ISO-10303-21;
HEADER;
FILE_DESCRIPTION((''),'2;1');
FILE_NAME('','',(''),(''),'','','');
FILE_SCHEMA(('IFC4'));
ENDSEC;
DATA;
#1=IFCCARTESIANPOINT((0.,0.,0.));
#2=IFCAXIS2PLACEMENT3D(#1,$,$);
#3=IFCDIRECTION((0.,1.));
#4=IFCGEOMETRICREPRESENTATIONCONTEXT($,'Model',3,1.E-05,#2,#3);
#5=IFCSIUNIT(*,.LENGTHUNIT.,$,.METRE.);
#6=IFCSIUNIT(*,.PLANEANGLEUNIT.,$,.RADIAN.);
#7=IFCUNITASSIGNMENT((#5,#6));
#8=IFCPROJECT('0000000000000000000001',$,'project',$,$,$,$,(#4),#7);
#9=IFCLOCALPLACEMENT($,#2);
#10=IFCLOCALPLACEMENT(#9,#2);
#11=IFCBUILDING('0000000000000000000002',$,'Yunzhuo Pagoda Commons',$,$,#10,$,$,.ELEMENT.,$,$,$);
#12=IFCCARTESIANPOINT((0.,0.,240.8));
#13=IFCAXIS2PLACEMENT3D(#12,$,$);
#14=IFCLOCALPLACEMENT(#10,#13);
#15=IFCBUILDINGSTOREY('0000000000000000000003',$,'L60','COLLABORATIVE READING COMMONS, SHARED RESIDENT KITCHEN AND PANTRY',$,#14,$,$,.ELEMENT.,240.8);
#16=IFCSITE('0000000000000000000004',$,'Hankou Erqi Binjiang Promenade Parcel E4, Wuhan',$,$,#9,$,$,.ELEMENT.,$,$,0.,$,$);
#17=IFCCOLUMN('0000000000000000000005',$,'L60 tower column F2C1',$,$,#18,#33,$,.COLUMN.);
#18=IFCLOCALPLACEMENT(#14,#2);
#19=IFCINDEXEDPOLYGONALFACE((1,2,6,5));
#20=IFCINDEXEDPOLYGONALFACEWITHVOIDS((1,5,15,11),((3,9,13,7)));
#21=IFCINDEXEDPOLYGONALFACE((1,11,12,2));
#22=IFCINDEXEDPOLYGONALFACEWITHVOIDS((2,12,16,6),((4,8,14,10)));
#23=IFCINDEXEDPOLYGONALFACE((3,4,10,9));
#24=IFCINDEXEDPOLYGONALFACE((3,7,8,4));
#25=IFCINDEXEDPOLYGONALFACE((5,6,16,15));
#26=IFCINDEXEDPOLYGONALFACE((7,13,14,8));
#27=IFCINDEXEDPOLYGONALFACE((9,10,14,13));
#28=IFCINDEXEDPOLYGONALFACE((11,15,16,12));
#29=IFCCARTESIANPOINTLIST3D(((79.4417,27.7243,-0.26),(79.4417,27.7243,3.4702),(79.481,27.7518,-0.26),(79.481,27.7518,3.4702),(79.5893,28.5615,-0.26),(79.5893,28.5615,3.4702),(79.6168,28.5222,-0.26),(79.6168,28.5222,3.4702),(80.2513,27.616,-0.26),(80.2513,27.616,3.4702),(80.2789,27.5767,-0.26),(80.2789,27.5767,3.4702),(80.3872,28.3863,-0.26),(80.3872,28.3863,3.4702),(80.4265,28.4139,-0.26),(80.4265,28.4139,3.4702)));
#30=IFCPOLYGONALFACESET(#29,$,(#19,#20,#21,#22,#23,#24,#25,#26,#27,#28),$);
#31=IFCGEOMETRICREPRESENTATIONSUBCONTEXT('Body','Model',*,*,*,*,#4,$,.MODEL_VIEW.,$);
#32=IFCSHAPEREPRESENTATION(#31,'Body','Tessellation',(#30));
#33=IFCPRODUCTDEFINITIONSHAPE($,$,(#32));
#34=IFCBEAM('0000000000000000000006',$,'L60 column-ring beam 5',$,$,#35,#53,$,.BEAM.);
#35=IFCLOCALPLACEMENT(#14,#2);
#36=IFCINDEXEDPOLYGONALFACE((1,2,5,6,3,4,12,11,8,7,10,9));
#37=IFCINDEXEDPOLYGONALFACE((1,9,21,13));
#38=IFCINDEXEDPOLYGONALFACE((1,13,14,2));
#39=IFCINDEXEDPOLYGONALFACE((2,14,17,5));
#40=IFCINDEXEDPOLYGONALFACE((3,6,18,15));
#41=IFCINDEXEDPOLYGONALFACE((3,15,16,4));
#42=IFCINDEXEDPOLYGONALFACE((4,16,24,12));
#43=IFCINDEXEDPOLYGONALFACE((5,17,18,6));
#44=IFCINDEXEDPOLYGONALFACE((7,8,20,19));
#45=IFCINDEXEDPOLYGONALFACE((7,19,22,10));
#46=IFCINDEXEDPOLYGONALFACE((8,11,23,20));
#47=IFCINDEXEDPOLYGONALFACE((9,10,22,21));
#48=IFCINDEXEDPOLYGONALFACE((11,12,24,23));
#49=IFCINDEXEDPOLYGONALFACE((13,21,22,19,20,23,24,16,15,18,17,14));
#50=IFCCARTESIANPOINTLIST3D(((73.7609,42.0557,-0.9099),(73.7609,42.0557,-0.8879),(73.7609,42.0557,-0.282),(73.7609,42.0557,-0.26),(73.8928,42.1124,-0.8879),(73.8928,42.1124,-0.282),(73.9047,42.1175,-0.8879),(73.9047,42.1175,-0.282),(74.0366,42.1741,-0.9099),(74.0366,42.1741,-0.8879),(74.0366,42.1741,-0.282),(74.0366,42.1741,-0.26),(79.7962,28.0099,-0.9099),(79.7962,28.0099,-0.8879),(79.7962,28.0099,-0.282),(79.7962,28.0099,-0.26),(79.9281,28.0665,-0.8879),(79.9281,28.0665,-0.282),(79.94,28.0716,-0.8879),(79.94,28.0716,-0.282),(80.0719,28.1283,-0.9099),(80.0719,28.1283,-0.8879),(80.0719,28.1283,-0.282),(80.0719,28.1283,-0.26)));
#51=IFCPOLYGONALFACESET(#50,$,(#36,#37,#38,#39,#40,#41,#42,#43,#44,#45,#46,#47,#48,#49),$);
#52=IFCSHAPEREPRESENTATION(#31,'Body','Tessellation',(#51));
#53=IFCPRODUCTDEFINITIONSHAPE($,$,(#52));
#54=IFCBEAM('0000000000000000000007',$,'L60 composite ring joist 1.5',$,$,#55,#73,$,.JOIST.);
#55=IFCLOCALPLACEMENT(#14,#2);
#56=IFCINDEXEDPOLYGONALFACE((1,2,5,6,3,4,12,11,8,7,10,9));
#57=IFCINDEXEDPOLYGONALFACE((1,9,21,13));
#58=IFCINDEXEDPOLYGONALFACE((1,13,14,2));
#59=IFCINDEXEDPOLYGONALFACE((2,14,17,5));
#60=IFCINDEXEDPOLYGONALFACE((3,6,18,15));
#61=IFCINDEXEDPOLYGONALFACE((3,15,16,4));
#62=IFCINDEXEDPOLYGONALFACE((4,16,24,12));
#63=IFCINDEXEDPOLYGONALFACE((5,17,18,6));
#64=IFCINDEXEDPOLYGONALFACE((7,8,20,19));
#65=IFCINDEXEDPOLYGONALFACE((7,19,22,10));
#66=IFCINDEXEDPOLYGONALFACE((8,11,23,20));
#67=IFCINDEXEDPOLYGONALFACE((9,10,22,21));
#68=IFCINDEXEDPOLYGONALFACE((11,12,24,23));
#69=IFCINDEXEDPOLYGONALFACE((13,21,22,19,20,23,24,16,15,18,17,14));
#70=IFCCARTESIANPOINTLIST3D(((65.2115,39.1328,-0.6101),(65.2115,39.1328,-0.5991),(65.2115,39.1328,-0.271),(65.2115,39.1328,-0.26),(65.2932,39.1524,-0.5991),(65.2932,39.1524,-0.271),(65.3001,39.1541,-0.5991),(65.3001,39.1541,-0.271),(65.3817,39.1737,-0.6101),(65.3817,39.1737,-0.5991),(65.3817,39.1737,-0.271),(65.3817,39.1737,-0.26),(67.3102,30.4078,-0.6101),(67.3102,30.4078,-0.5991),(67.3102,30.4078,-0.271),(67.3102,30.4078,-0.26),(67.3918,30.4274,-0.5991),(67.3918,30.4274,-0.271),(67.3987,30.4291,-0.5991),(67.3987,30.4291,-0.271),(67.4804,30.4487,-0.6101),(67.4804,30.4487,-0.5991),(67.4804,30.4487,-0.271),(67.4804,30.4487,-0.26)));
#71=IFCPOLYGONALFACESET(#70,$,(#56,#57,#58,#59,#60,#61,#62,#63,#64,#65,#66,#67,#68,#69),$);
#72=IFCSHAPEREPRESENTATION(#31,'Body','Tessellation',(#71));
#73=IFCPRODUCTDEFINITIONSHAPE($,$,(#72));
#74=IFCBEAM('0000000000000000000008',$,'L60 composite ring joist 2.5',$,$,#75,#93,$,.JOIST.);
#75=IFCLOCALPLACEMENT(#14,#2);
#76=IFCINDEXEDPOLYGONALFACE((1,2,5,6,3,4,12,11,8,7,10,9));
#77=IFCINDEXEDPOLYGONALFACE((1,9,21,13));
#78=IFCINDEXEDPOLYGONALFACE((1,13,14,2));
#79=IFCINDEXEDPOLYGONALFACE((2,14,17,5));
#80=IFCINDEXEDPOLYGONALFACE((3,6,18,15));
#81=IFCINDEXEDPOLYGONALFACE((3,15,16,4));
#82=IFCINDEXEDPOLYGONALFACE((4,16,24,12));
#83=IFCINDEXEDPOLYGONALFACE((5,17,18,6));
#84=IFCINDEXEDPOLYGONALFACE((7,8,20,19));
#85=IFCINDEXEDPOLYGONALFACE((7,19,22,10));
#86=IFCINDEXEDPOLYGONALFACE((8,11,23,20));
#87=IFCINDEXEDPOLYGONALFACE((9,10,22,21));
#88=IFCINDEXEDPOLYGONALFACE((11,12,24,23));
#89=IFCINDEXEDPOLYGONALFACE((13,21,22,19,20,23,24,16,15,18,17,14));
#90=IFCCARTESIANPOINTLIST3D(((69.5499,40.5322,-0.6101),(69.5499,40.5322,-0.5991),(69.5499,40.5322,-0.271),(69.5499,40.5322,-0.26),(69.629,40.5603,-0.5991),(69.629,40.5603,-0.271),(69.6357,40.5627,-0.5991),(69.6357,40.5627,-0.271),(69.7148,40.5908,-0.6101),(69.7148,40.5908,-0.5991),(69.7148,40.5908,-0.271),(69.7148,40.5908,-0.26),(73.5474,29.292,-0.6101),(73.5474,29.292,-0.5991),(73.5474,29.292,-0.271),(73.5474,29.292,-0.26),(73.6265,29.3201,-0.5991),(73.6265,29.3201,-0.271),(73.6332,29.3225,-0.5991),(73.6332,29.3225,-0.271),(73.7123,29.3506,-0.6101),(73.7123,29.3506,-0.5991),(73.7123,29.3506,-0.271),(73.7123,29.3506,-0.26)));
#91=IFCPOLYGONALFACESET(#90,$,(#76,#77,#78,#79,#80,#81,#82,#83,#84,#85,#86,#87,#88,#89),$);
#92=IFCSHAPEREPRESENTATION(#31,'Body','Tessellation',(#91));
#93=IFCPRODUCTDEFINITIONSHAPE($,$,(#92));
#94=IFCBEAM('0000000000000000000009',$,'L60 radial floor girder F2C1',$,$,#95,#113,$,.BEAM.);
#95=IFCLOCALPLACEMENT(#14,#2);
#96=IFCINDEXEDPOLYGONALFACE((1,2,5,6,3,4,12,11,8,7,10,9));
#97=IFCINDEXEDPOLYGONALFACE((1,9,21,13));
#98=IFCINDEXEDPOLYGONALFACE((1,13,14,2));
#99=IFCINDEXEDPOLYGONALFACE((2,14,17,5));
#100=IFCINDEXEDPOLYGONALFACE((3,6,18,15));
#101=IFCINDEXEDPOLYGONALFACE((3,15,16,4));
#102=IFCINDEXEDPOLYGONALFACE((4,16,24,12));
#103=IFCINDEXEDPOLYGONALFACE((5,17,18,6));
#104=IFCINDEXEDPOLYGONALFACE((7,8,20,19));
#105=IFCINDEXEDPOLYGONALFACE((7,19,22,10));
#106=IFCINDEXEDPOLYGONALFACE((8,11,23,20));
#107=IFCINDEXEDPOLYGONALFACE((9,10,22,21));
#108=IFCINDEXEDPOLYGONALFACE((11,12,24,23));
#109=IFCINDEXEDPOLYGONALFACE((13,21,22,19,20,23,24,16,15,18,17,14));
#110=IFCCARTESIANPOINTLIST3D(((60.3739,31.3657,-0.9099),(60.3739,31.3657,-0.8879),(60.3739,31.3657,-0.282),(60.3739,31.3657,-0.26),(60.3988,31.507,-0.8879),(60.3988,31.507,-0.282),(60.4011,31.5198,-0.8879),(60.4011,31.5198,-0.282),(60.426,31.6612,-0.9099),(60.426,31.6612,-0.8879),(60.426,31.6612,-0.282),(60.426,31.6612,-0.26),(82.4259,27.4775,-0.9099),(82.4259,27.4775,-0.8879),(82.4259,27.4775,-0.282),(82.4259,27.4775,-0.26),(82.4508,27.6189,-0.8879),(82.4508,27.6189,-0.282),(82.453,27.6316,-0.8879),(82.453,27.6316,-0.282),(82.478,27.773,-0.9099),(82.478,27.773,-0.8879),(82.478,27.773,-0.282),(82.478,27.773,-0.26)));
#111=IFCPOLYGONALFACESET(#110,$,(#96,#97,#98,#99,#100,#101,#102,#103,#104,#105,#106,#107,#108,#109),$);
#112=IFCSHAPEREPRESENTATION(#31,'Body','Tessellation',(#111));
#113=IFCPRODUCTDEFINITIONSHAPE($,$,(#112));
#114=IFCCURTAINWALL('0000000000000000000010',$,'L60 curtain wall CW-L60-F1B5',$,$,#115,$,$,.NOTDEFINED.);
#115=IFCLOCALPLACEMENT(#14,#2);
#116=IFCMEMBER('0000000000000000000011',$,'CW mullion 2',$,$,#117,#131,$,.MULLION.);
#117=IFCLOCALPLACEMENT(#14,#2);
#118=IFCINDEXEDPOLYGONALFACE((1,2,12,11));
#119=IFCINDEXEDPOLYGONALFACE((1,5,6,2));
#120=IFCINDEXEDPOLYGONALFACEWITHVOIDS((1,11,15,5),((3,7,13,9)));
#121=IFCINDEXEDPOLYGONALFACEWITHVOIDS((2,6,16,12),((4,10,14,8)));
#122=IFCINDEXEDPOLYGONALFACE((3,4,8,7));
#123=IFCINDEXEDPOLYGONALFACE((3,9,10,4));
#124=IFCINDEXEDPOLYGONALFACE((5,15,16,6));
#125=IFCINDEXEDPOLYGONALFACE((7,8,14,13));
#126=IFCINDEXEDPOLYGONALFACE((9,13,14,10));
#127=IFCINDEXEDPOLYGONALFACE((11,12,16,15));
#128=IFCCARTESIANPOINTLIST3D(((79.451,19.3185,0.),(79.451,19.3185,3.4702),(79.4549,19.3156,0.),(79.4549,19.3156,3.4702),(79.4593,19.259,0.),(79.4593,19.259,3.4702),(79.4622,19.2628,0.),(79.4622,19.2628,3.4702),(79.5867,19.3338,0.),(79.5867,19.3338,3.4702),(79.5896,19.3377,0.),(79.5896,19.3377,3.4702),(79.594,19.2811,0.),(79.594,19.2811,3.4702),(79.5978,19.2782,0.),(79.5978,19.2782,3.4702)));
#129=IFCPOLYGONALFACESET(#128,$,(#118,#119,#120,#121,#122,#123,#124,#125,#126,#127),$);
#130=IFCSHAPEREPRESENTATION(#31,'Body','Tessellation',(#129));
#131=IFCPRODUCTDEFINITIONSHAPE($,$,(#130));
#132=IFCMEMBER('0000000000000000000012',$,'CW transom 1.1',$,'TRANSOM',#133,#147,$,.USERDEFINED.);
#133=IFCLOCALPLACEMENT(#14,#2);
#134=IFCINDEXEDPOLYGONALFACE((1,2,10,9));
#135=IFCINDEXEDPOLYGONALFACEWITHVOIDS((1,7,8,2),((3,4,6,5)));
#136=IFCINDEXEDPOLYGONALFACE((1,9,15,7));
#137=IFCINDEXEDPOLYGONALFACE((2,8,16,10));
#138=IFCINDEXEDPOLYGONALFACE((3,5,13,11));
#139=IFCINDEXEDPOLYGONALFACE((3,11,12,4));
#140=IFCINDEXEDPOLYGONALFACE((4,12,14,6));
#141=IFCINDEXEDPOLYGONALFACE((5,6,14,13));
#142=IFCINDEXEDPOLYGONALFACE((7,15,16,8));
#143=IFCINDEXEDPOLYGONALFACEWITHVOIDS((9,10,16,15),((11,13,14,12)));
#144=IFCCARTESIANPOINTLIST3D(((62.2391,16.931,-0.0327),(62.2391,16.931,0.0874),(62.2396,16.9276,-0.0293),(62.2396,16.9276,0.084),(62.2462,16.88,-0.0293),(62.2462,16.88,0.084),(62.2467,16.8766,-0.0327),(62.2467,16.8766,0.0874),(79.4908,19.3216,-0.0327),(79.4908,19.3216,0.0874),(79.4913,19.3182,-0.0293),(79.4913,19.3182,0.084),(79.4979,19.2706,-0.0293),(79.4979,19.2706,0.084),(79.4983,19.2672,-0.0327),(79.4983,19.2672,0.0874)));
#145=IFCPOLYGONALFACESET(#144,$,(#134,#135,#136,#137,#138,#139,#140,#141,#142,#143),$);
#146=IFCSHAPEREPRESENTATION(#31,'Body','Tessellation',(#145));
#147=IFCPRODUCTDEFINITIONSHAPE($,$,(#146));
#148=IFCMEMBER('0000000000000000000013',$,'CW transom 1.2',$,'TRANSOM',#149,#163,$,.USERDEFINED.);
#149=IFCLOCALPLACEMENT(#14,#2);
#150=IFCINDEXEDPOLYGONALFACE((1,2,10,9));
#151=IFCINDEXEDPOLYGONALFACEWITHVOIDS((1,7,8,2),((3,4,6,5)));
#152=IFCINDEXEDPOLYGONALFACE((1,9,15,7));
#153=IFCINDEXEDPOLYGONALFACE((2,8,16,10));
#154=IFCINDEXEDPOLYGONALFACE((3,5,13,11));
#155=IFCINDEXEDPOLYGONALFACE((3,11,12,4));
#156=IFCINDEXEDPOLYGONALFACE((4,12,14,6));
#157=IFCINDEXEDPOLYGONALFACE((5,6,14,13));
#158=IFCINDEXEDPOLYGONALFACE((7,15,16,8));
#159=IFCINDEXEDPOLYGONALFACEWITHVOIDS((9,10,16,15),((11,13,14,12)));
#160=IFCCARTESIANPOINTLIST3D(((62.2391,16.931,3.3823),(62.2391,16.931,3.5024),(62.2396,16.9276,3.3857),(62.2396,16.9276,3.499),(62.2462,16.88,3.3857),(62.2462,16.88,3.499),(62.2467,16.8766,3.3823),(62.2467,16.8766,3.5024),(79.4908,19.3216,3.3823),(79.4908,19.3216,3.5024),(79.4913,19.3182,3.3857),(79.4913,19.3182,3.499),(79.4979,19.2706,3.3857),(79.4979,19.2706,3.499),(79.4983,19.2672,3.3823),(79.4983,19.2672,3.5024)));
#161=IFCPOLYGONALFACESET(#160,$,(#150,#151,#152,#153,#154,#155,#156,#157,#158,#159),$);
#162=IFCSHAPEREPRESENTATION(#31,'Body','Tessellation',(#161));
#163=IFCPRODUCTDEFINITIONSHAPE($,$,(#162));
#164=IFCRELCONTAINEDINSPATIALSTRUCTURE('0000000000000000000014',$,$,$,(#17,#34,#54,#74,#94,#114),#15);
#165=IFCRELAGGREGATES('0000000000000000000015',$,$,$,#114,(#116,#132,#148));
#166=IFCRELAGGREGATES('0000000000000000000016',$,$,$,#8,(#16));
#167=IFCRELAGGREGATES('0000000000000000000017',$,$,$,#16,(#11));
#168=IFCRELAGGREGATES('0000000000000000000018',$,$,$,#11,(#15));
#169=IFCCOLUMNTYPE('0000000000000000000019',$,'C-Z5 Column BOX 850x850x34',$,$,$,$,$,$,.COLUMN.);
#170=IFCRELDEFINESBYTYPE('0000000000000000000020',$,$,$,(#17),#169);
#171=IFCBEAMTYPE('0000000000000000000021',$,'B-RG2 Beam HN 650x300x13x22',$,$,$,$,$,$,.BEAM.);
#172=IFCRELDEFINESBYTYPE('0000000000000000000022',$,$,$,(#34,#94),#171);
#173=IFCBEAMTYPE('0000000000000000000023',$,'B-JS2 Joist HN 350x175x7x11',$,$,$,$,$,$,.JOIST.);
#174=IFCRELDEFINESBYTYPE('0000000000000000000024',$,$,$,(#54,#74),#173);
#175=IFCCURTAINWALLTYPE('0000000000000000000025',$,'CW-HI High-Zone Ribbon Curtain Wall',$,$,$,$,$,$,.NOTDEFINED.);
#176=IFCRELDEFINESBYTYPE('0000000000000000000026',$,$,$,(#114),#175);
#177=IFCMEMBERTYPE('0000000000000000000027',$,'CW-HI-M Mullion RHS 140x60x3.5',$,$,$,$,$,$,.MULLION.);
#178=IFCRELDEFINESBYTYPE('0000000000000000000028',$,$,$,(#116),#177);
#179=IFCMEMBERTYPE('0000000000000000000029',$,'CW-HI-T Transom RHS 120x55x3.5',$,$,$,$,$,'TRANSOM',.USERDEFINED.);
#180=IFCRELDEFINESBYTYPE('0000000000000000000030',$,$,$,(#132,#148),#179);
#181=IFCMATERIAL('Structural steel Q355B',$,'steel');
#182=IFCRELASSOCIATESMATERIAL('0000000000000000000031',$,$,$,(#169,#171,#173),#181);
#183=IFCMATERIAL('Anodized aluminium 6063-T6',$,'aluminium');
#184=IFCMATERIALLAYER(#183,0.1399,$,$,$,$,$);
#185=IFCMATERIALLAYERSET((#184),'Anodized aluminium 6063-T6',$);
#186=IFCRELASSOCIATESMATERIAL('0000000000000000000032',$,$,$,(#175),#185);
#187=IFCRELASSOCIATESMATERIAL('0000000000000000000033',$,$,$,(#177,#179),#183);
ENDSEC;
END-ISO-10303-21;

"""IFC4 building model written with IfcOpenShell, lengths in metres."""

from ifc_helpers import new_model, si_unit, direction, frame, origin, origin_2d, place, context, subcontext, project, spatial, hollow_rectangle, i_section, extrude, source, transform, mapped, material, layer, layer_set, material_profile, profile_set, type_object, element, aggregate, save


model = new_model("IFC4")

# Units and contexts
model_context = context("Model", 3, precision=1e-05, world=origin(), true_north=direction((0.0, 1.0)))
body_context = subcontext(model_context, "Body", "Model", "MODEL_VIEW")
ifc_project = project(units=[si_unit("LENGTHUNIT", "METRE"), si_unit("PLANEANGLEUNIT", "RADIAN")], contexts=[model_context])

# Site, building, storey
site_placement = place(None, origin())
site = spatial("IfcSite", under=ifc_project, at=site_placement, Name="Hankou Erqi Binjiang Promenade Parcel E4, Wuhan", CompositionType="ELEMENT", RefElevation=0.0)
building_placement = place(site_placement, origin())
building = spatial("IfcBuilding", under=site, at=building_placement, Name="Yunzhuo Pagoda Commons", CompositionType="ELEMENT")
storey_placement = place(building_placement, frame((0.0, 0.0, 240.8)))
storey = spatial("IfcBuildingStorey", under=building, at=storey_placement, Name="L60", Description="COLLABORATIVE READING COMMONS, SHARED RESIDENT KITCHEN AND PANTRY", CompositionType="ELEMENT", Elevation=240.8)

# Column
ifc_material_1 = material(Name="Structural steel Q355B", Category="steel")
ifc_material_profile_1 = material_profile(ifc_material_1, hollow_rectangle(XDim=0.8501, YDim=0.8501, WallThickness=0.0339, at=origin_2d()), Name="Structural steel Q355B")
ifc_profile_set_1 = profile_set([ifc_material_profile_1], Name="Structural steel Q355B")
column_type = type_object("IfcColumnType", Name="C-Z5 Column BOX 850x850x34", PredefinedType="COLUMN", material=ifc_profile_set_1)
shared_shape_1 = source(origin(), body_context, "Body", "SweptSolid", [
    extrude(hollow_rectangle(XDim=0.8501, YDim=0.8501, WallThickness=0.0339, at=origin_2d()), origin(), (0.0, 0.0, 1.0), 3.7302),
])
column_placement = place(storey_placement, frame((79.9341, 28.0691, -0.26), z_axis=(0.0, 0.0, 1.0), x_axis=(0.173648, 0.984808, 0.0)))
element("IfcColumn", 1, at=column_placement, inside=storey, type_object=column_type, Name="L60 tower column F2C1", PredefinedType="COLUMN", context=body_context, shape_type="MappedRepresentation", body=[
    mapped(shared_shape_1, transform((0.0, 0.0, 0.0), scale=1.0)),
])

# Beams
ifc_material_profile_2 = material_profile(ifc_material_1, i_section(OverallWidth=0.3, OverallDepth=0.6499, WebThickness=0.0129, FlangeThickness=0.022, at=origin_2d()), Name="Structural steel Q355B")
ifc_profile_set_2 = profile_set([ifc_material_profile_2], Name="Structural steel Q355B")
beam_type_1 = type_object("IfcBeamType", Name="B-RG2 Beam HN 650x300x13x22", PredefinedType="BEAM", material=ifc_profile_set_2)
shared_shape_2 = source(origin(), body_context, "Body", "SweptSolid", [
    extrude(i_section(OverallWidth=0.3, OverallDepth=0.6499, WebThickness=0.0129, FlangeThickness=0.022, at=origin_2d()), origin(), (0.0, 0.0, 1.0), 15.2876),
])
beam_1_placement = place(storey_placement, frame((79.9341, 28.0691, -0.585), z_axis=(-0.394788, 0.918772, 0.0), x_axis=(-0.918772, -0.394788, 0.0)))
element("IfcBeam", 2, at=beam_1_placement, inside=storey, type_object=beam_type_1, Name="L60 column-ring beam 5", PredefinedType="BEAM", context=body_context, shape_type="MappedRepresentation", body=[
    mapped(shared_shape_2, transform((0.0, 0.0, 0.0), scale=1.0)),
])
ifc_material_profile_3 = material_profile(ifc_material_1, i_section(OverallWidth=0.175, OverallDepth=0.3501, WebThickness=0.0071, FlangeThickness=0.011, at=origin_2d()), Name="Structural steel Q355B")
ifc_profile_set_3 = profile_set([ifc_material_profile_3], Name="Structural steel Q355B")
beam_type_2 = type_object("IfcBeamType", Name="B-JS2 Joist HN 350x175x7x11", PredefinedType="JOIST", material=ifc_profile_set_3)
shared_shape_3 = source(origin(), body_context, "Body", "SweptSolid", [
    extrude(i_section(OverallWidth=0.175, OverallDepth=0.3501, WebThickness=0.0071, FlangeThickness=0.011, at=origin_2d()), origin(), (0.0, 0.0, 1.0), 8.9739),
])
beam_2_placement = place(storey_placement, frame((67.3953, 30.4282, -0.4351), z_axis=(-0.233859, 0.972271, 0.0), x_axis=(-0.972271, -0.233859, 0.0)))
element("IfcBeam", 3, at=beam_2_placement, inside=storey, type_object=beam_type_2, Name="L60 composite ring joist 1.5", PredefinedType="JOIST", context=body_context, shape_type="MappedRepresentation", body=[
    mapped(shared_shape_3, transform((0.0, 0.0, 0.0), scale=1.0)),
])
shared_shape_4 = source(origin(), body_context, "Body", "SweptSolid", [
    extrude(i_section(OverallWidth=0.175, OverallDepth=0.3501, WebThickness=0.0071, FlangeThickness=0.011, at=origin_2d()), origin(), (0.0, 0.0, 1.0), 11.9299),
])
beam_3_placement = place(storey_placement, frame((73.6299, 29.3213, -0.4351), z_axis=(-0.335086, 0.942187, 0.0), x_axis=(-0.942187, -0.335086, 0.0)))
element("IfcBeam", 4, at=beam_3_placement, inside=storey, type_object=beam_type_2, Name="L60 composite ring joist 2.5", PredefinedType="JOIST", context=body_context, shape_type="MappedRepresentation", body=[
    mapped(shared_shape_4, transform((0.0, 0.0, 0.0), scale=1.0)),
])
shared_shape_5 = source(origin(), body_context, "Body", "SweptSolid", [
    extrude(i_section(OverallWidth=0.3, OverallDepth=0.6499, WebThickness=0.0129, FlangeThickness=0.022, at=origin_2d()), origin(), (0.0, 0.0, 1.0), 22.3921),
])
beam_4_placement = place(storey_placement, frame((82.4519, 27.6252, -0.585), z_axis=(-0.984809, 0.17364, 0.0), x_axis=(-0.17364, -0.984809, 0.0)))
element("IfcBeam", 5, at=beam_4_placement, inside=storey, type_object=beam_type_1, Name="L60 radial floor girder F2C1", PredefinedType="BEAM", context=body_context, shape_type="MappedRepresentation", body=[
    mapped(shared_shape_5, transform((0.0, 0.0, 0.0), scale=1.0)),
])

# Curtain wall, members
ifc_material_2 = material(Name="Anodized aluminium 6063-T6", Category="aluminium")
ifc_layer_1 = layer(ifc_material_2, 0.1399)
ifc_layer_set_1 = layer_set([ifc_layer_1], Name="Anodized aluminium 6063-T6")
curtain_wall_type_1 = type_object("IfcCurtainWallType", Name="CW-HI High-Zone Ribbon Curtain Wall", PredefinedType="NOTDEFINED", material=ifc_layer_set_1)
curtain_wall_1_placement = place(storey_placement, origin())
curtain_wall_1 = element("IfcCurtainWall", 6, at=curtain_wall_1_placement, inside=storey, type_object=curtain_wall_type_1, Name="L60 curtain wall CW-L60-F1B5", PredefinedType="NOTDEFINED")
ifc_material_profile_4 = material_profile(ifc_material_2, hollow_rectangle(XDim=0.0601, YDim=0.1399, WallThickness=0.0034, at=origin_2d()), Name="Anodized aluminium 6063-T6")
ifc_profile_set_4 = profile_set([ifc_material_profile_4], Name="Anodized aluminium 6063-T6")
member_type_1 = type_object("IfcMemberType", Name="CW-HI-M Mullion RHS 140x60x3.5", PredefinedType="MULLION", material=ifc_profile_set_4)
shared_shape_6 = source(origin(), body_context, "Body", "SweptSolid", [
    extrude(hollow_rectangle(XDim=0.0601, YDim=0.1399, WallThickness=0.0034, at=origin_2d()), origin(), (0.0, 0.0, 1.0), 3.4702),
])
member_1_placement = place(storey_placement, frame((79.5244, 19.2983, 0.0), z_axis=(0.0, 0.0, 1.0), x_axis=(-0.13725, 0.990536, 0.0)))
member_1 = element("IfcMember", 7, at=member_1_placement, type_object=member_type_1, Name="CW mullion 2", PredefinedType="MULLION", context=body_context, shape_type="MappedRepresentation", body=[
    mapped(shared_shape_6, transform((0.0, 0.0, 0.0), scale=1.0)),
])
ifc_material_profile_5 = material_profile(ifc_material_2, hollow_rectangle(XDim=0.0549, YDim=0.1201, WallThickness=0.0034, at=origin_2d()), Name="Anodized aluminium 6063-T6")
ifc_profile_set_5 = profile_set([ifc_material_profile_5], Name="Anodized aluminium 6063-T6")
member_type_2 = type_object("IfcMemberType", Name="CW-HI-T Transom RHS 120x55x3.5", ElementType="TRANSOM", PredefinedType="USERDEFINED", material=ifc_profile_set_5)
shared_shape_7 = source(origin(), body_context, "Body", "SweptSolid", [
    extrude(hollow_rectangle(XDim=0.0549, YDim=0.1201, WallThickness=0.0034, at=origin_2d()), origin(), (0.0, 0.0, 1.0), 17.4165),
])
member_2_placement = place(storey_placement, frame((62.2429, 16.9038, 0.0273), z_axis=(0.990535, 0.137262, 0.0), x_axis=(-0.137262, 0.990535, 0.0)))
member_2 = element("IfcMember", 8, at=member_2_placement, type_object=member_type_2, Name="CW transom 1.1", ObjectType="TRANSOM", PredefinedType="USERDEFINED", context=body_context, shape_type="MappedRepresentation", body=[
    mapped(shared_shape_7, transform((0.0, 0.0, 0.0), scale=1.0)),
])
member_3_placement = place(storey_placement, frame((62.2429, 16.9038, 3.4424), z_axis=(0.990535, 0.137262, 0.0), x_axis=(-0.137262, 0.990535, 0.0)))
member_3 = element("IfcMember", 9, at=member_3_placement, type_object=member_type_2, Name="CW transom 1.2", ObjectType="TRANSOM", PredefinedType="USERDEFINED", context=body_context, shape_type="MappedRepresentation", body=[
    mapped(shared_shape_7, transform((0.0, 0.0, 0.0), scale=1.0)),
])

aggregate(curtain_wall_1, [member_1, member_2, member_3])

save(model, "model.ifc")
